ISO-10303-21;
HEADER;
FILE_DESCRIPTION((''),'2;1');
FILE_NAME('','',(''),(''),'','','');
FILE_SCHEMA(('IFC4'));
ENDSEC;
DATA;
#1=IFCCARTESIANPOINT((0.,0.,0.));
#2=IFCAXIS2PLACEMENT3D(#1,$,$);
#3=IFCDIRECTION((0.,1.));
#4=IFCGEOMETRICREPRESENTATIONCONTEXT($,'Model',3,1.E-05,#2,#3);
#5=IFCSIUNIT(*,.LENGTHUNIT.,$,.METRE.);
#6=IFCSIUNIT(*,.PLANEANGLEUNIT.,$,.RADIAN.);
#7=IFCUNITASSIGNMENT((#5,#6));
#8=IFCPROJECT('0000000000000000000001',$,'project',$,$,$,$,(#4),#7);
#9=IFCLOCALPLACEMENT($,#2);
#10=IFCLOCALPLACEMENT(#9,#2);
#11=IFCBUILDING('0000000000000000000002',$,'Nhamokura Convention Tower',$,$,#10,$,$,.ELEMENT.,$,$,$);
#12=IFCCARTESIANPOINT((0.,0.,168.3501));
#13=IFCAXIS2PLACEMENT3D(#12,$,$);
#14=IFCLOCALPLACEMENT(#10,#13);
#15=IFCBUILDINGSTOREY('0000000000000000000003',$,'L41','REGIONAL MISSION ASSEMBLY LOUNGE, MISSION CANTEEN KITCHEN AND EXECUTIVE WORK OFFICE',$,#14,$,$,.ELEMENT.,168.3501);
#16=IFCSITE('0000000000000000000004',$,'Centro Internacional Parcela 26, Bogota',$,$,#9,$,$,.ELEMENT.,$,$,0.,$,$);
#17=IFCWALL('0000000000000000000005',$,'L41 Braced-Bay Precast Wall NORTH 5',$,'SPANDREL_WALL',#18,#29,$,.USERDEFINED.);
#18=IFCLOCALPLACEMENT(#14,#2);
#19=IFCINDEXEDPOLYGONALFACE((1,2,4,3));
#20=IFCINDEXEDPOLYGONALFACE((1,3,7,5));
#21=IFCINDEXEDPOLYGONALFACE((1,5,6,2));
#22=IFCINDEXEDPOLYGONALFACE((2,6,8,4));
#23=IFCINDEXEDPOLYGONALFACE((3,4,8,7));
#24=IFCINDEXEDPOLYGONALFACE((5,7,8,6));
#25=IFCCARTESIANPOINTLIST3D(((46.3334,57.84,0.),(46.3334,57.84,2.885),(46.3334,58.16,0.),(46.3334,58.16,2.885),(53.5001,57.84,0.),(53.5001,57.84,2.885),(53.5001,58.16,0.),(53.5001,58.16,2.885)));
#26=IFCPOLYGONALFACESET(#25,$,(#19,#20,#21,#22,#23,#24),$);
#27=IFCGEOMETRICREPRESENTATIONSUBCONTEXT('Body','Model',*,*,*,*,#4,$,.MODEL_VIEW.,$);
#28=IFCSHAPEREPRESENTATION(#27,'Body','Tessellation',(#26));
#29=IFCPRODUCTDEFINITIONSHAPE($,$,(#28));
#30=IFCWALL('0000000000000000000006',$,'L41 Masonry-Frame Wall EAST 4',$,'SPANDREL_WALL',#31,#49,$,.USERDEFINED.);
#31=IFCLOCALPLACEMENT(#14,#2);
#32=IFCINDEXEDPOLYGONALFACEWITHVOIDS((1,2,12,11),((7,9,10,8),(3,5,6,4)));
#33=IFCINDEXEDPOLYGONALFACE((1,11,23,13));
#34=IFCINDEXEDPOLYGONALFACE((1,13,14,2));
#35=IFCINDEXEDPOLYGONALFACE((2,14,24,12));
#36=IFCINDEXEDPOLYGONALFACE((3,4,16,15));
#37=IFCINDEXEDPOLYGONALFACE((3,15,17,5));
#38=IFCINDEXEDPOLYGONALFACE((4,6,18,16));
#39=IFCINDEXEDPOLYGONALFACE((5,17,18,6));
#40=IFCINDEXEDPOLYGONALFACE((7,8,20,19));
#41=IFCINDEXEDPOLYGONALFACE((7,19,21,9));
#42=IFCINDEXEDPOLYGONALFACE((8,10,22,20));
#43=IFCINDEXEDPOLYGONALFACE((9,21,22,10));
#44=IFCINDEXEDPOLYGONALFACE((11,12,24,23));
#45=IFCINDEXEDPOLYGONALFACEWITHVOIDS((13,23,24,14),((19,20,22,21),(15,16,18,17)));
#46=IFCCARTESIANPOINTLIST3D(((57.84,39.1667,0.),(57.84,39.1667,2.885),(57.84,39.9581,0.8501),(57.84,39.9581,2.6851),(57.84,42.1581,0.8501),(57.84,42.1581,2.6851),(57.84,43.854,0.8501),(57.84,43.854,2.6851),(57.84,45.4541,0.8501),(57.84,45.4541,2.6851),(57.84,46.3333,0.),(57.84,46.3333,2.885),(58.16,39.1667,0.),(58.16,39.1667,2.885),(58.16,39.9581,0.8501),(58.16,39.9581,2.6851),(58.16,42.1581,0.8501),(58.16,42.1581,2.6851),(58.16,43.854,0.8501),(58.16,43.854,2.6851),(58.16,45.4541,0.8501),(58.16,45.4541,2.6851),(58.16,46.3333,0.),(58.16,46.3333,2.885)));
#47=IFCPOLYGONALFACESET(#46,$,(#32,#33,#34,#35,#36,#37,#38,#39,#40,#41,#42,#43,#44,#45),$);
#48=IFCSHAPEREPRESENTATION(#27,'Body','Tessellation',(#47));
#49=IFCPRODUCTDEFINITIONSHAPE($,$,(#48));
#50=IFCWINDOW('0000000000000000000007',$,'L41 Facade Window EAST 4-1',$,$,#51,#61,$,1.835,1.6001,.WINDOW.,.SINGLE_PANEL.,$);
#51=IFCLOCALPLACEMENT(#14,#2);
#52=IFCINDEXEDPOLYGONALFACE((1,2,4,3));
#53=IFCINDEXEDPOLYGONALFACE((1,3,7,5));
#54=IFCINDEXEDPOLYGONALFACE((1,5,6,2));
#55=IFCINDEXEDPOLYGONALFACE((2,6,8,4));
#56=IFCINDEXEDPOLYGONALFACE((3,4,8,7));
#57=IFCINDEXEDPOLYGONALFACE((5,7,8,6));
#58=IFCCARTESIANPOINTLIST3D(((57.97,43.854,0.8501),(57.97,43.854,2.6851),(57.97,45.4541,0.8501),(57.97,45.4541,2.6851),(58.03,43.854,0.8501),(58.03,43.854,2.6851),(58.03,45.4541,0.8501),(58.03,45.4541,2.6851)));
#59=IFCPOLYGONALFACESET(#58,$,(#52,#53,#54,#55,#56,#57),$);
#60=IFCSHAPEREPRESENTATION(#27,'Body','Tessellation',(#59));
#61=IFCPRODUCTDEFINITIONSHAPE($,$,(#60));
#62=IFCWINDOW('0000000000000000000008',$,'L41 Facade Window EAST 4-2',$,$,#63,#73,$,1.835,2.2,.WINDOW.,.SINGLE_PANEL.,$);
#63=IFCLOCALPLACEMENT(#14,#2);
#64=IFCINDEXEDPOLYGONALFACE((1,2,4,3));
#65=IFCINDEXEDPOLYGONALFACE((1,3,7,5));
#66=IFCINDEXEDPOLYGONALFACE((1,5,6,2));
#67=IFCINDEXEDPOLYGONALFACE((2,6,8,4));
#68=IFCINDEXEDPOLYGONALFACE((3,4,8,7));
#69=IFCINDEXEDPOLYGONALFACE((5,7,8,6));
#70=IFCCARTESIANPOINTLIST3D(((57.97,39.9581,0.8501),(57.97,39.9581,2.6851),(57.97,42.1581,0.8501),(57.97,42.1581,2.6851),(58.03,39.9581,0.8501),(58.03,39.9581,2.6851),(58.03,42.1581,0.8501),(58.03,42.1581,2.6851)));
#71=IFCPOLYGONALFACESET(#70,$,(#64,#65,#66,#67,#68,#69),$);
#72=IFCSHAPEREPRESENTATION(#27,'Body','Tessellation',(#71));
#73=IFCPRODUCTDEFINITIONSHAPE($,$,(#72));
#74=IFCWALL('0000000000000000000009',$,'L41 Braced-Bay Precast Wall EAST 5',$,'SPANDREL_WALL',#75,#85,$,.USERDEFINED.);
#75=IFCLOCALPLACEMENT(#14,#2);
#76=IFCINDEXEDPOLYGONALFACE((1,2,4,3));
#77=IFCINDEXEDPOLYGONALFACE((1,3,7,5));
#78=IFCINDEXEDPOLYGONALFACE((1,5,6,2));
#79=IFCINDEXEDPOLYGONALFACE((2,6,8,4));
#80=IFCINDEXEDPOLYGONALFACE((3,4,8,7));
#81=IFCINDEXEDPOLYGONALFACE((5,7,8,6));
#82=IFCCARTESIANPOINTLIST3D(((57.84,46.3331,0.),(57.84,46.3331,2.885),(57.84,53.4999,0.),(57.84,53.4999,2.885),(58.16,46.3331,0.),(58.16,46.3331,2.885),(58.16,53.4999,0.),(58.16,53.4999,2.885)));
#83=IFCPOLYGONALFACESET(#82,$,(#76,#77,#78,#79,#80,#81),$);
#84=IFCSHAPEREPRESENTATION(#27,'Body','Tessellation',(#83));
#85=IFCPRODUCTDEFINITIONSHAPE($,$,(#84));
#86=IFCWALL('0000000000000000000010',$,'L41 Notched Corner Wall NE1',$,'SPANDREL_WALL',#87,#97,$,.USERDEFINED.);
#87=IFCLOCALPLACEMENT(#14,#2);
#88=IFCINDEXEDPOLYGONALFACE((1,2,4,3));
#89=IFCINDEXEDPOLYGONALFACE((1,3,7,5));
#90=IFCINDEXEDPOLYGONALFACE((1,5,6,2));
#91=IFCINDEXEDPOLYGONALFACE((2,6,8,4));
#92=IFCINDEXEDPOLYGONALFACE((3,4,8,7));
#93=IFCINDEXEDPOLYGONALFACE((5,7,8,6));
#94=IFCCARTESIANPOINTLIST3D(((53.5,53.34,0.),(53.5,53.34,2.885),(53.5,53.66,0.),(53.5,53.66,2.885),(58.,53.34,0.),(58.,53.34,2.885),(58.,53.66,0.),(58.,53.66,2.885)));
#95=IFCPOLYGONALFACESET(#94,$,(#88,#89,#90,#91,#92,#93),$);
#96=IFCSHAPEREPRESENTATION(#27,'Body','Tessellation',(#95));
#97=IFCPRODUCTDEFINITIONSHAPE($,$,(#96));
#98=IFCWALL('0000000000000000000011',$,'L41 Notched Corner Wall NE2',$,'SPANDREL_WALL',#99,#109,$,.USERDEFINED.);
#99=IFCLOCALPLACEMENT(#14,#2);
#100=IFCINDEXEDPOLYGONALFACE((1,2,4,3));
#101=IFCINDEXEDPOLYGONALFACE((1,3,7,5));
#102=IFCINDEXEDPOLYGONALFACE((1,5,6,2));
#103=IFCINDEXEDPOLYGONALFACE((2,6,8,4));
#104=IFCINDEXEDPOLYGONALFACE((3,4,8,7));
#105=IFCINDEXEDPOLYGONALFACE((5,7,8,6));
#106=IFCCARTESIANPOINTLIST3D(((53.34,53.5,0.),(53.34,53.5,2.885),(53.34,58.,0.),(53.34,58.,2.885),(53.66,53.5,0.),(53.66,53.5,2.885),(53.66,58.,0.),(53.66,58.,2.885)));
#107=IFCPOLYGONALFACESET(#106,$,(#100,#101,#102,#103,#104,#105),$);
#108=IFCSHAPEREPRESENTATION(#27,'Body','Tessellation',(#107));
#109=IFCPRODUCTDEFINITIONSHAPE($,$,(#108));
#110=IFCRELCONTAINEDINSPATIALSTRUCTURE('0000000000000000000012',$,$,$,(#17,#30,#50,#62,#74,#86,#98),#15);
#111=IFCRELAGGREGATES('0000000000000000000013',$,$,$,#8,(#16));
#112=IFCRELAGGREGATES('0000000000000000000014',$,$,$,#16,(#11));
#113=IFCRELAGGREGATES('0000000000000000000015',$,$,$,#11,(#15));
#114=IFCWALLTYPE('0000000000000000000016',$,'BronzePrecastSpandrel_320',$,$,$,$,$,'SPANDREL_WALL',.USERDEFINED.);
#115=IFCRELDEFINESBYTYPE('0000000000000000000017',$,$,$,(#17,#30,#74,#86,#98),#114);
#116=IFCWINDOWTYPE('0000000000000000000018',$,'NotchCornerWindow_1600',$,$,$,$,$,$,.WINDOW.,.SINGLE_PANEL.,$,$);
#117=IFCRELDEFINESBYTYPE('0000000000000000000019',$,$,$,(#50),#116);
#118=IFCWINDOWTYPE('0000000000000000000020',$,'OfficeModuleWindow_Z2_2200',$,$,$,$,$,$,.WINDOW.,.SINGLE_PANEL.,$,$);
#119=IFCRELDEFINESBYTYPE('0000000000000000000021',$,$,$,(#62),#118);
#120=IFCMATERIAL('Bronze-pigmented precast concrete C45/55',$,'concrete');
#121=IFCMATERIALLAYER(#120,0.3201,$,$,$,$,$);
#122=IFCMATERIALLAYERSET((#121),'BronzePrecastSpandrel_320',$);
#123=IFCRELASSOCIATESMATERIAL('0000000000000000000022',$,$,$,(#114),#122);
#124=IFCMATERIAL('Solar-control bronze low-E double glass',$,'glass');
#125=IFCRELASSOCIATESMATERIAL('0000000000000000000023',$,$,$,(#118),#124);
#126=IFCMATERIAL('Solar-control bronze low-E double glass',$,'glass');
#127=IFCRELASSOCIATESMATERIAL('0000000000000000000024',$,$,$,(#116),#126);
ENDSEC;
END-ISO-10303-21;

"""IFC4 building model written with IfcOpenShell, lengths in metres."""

from ifc_helpers import new_model, si_unit, direction, frame, frame_2d, origin, place, context, subcontext, project, spatial, rectangle, extrude, material, layer, layer_set, type_object, element, fill, save


model = new_model("IFC4")

# Units and contexts
model_context = context("Model", 3, precision=1e-05, world=origin(), true_north=direction((0.0, 1.0)))
body_context = subcontext(model_context, "Body", "Model", "MODEL_VIEW")
ifc_project = project(units=[si_unit("LENGTHUNIT", "METRE"), si_unit("PLANEANGLEUNIT", "RADIAN")], contexts=[model_context])

# Site, building, storey
site_placement = place(None, origin())
site = spatial("IfcSite", under=ifc_project, at=site_placement, Name="Centro Internacional Parcela 26, Bogota", CompositionType="ELEMENT", RefElevation=0.0)
building_placement = place(site_placement, origin())
building = spatial("IfcBuilding", under=site, at=building_placement, Name="Nhamokura Convention Tower", CompositionType="ELEMENT")
storey_placement = place(building_placement, frame((0.0, 0.0, 168.3501)))
storey = spatial("IfcBuildingStorey", under=building, at=storey_placement, Name="L41", Description="REGIONAL MISSION ASSEMBLY LOUNGE, MISSION CANTEEN KITCHEN AND EXECUTIVE WORK OFFICE", CompositionType="ELEMENT", Elevation=168.3501)

# Shared definitions
ifc_material_1 = material(Name="Bronze-pigmented precast concrete C45/55", Category="concrete")
ifc_layer = layer(ifc_material_1, 0.3201)
ifc_layer_set = layer_set([ifc_layer], Name="BronzePrecastSpandrel_320")
wall_type = type_object("IfcWallType", Name="BronzePrecastSpandrel_320", ElementType="SPANDREL_WALL", PredefinedType="USERDEFINED", material=ifc_layer_set)
ifc_material_2 = material(Name="Solar-control bronze low-E double glass", Category="glass")
window_type_1 = type_object("IfcWindowType", Name="OfficeModuleWindow_Z2_2200", PartitioningType="SINGLE_PANEL", PredefinedType="WINDOW", material=ifc_material_2)

# Wall
wall_1_placement = place(storey_placement, frame((46.3333, 58.0, 0.0), z_axis=(0.0, 0.0, 1.0), x_axis=(1.0, 0.0, 0.0)))
element("IfcWall", 1, at=wall_1_placement, inside=storey, type_object=wall_type, Name="L41 Braced-Bay Precast Wall NORTH 5", ObjectType="SPANDREL_WALL", PredefinedType="USERDEFINED", context=body_context, shape_type="SweptSolid", body=[
    extrude(rectangle(XDim=7.1667, YDim=0.3201, at=frame_2d((3.5835, 0.0))), origin(), (0.0, 0.0, 1.0), 2.885),
])

# Wall, openings, windows
wall_2_placement = place(storey_placement, frame((58.0, 46.3333, 0.0), z_axis=(0.0, 0.0, 1.0), x_axis=(0.0, -1.0, 0.0)))
wall_2 = element("IfcWall", 2, at=wall_2_placement, inside=storey, type_object=wall_type, Name="L41 Masonry-Frame Wall EAST 4", ObjectType="SPANDREL_WALL", PredefinedType="USERDEFINED", context=body_context, shape_type="SweptSolid", body=[
    extrude(rectangle(XDim=7.1665, YDim=0.3201, at=frame_2d((3.5833, 0.0))), origin(), (0.0, 0.0, 1.0), 2.885),
])
opening_1_placement = place(wall_2_placement, frame((0.8792, 0.0, 0.8501)))
opening_1 = element("IfcOpeningElement", 3, at=opening_1_placement, cuts=wall_2, PredefinedType="OPENING", context=body_context, shape_type="SweptSolid", body=[
    extrude(rectangle(XDim=1.6001, YDim=1.835, at=frame_2d((0.8, 0.9175))), frame((0.0, 0.1699, 0.0), z_axis=(0.0, -1.0, 0.0), x_axis=(1.0, 0.0, 0.0)), (0.0, 0.0, 1.0), 0.3401),
])
opening_2_placement = place(wall_2_placement, frame((4.175, 0.0, 0.8501)))
opening_2 = element("IfcOpeningElement", 4, at=opening_2_placement, cuts=wall_2, PredefinedType="OPENING", context=body_context, shape_type="SweptSolid", body=[
    extrude(rectangle(XDim=2.2, YDim=1.835, at=frame_2d((1.1001, 0.9175))), frame((0.0, 0.1699, 0.0), z_axis=(0.0, -1.0, 0.0), x_axis=(1.0, 0.0, 0.0)), (0.0, 0.0, 1.0), 0.3401),
])
ifc_material_3 = material(Name="Solar-control bronze low-E double glass", Category="glass")
window_type_2 = type_object("IfcWindowType", Name="NotchCornerWindow_1600", PartitioningType="SINGLE_PANEL", PredefinedType="WINDOW", material=ifc_material_3)
window_1_placement = place(opening_1_placement, origin())
window_1 = element("IfcWindow", 5, at=window_1_placement, inside=storey, type_object=window_type_2, Name="L41 Facade Window EAST 4-1", OverallHeight=1.835, OverallWidth=1.6001, PartitioningType="SINGLE_PANEL", PredefinedType="WINDOW", context=body_context, shape_type="SweptSolid", body=[
    extrude(rectangle(XDim=1.6001, YDim=1.835, at=frame_2d((0.8, 0.9175))), frame((0.0, 0.03, 0.0), z_axis=(0.0, -1.0, 0.0), x_axis=(1.0, 0.0, 0.0)), (0.0, 0.0, 1.0), 0.0601),
])
fill(opening_1, window_1)
window_2_placement = place(opening_2_placement, origin())
window_2 = element("IfcWindow", 6, at=window_2_placement, inside=storey, type_object=window_type_1, Name="L41 Facade Window EAST 4-2", OverallHeight=1.835, OverallWidth=2.2, PartitioningType="SINGLE_PANEL", PredefinedType="WINDOW", context=body_context, shape_type="SweptSolid", body=[
    extrude(rectangle(XDim=2.2, YDim=1.835, at=frame_2d((1.1001, 0.9175))), frame((0.0, 0.03, 0.0), z_axis=(0.0, -1.0, 0.0), x_axis=(1.0, 0.0, 0.0)), (0.0, 0.0, 1.0), 0.0601),
])
fill(opening_2, window_2)

# Walls
wall_3_placement = place(storey_placement, frame((58.0, 53.5, 0.0), z_axis=(0.0, 0.0, 1.0), x_axis=(0.0, -1.0, 0.0)))
element("IfcWall", 7, at=wall_3_placement, inside=storey, type_object=wall_type, Name="L41 Braced-Bay Precast Wall EAST 5", ObjectType="SPANDREL_WALL", PredefinedType="USERDEFINED", context=body_context, shape_type="SweptSolid", body=[
    extrude(rectangle(XDim=7.1667, YDim=0.3201, at=frame_2d((3.5835, 0.0))), origin(), (0.0, 0.0, 1.0), 2.885),
])
for number, where, z_axis, x_axis, name in (
    (8, (53.5, 53.5, 0.0), (0.0, 0.0, 1.0), (1.0, 0.0, 0.0), "L41 Notched Corner Wall NE1"),
    (9, (53.5, 58.0, 0.0), (0.0, 0.0, 1.0), (0.0, -1.0, 0.0), "L41 Notched Corner Wall NE2"),
):
    element("IfcWall", number, at=place(storey_placement, frame(where, z_axis=z_axis, x_axis=x_axis)), inside=storey, type_object=wall_type, Name=name, ObjectType="SPANDREL_WALL", PredefinedType="USERDEFINED", context=body_context, shape_type="SweptSolid", body=[
        extrude(rectangle(XDim=4.5, YDim=0.3201, at=frame_2d((2.25, 0.0))), origin(), (0.0, 0.0, 1.0), 2.885),
    ])

save(model, "model.ifc")
